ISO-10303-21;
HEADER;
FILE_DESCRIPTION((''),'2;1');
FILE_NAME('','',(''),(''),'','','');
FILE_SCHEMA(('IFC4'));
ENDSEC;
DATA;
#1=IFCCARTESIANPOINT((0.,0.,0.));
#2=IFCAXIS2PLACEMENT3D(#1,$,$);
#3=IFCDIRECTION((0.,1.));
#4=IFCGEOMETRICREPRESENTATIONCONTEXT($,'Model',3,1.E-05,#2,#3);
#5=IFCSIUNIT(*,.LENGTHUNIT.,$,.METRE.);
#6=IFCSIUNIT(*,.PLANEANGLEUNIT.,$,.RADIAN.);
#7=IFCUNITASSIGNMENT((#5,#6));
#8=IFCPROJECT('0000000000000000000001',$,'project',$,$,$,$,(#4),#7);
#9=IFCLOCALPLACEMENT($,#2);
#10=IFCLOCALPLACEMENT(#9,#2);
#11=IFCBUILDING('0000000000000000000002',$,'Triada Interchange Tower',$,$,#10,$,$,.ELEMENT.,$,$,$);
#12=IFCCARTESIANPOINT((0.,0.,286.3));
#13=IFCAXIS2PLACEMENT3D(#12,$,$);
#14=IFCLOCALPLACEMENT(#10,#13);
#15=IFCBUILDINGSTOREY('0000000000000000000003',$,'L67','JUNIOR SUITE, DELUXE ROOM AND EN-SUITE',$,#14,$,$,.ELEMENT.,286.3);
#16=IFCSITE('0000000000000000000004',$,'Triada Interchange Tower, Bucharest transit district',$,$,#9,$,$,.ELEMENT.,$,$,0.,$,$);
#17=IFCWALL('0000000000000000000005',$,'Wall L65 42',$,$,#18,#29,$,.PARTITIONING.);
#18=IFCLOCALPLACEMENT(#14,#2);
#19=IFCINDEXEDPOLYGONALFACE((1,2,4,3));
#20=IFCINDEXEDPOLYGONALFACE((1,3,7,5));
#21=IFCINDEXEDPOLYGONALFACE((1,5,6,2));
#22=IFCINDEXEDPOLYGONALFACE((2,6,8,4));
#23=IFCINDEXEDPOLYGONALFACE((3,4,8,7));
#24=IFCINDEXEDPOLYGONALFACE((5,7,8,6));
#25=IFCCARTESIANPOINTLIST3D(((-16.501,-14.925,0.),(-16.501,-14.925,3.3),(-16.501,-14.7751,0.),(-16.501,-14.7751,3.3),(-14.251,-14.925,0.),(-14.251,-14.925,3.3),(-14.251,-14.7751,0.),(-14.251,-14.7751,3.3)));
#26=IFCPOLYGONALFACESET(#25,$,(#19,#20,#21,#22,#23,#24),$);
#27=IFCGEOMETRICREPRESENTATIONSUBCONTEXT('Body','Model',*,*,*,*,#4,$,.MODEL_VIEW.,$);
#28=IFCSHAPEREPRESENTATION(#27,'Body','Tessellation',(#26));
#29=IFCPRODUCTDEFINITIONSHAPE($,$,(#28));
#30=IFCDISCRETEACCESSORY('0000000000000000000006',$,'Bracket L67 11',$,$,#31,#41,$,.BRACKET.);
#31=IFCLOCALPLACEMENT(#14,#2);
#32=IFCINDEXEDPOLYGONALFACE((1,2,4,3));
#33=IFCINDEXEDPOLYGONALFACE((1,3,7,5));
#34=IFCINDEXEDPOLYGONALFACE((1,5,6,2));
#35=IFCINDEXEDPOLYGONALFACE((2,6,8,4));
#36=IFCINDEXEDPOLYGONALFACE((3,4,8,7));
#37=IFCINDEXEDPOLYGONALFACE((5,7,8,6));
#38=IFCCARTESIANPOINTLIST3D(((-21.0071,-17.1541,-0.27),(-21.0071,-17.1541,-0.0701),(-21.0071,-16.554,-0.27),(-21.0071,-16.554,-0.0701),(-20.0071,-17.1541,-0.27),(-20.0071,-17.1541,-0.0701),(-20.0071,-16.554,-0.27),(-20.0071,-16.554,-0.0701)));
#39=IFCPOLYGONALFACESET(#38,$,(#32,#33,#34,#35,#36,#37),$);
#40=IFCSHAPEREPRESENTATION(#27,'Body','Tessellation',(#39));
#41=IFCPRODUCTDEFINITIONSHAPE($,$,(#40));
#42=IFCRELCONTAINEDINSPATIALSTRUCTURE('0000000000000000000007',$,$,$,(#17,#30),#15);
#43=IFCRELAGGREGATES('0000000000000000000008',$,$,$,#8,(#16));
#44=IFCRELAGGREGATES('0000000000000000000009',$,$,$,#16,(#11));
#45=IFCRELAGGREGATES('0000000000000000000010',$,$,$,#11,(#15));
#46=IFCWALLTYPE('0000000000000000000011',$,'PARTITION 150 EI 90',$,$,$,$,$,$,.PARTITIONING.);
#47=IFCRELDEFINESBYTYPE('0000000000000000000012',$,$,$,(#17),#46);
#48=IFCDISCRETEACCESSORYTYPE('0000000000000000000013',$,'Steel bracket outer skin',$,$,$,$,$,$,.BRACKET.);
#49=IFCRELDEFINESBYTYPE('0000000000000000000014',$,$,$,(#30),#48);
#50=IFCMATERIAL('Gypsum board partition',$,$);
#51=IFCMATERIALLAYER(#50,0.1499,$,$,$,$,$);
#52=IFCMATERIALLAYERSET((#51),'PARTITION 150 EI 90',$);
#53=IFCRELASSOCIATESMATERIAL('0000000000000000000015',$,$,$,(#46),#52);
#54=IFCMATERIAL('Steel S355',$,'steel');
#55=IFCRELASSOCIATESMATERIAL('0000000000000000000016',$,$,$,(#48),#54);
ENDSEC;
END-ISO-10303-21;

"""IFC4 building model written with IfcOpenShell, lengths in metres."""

from ifc_helpers import new_model, si_unit, direction, frame, frame_2d, origin, origin_2d, place, context, subcontext, project, spatial, rectangle, extrude, material, layer, layer_set, type_object, element, save


model = new_model("IFC4")

# Units and contexts
model_context = context("Model", 3, precision=1e-05, world=origin(), true_north=direction((0.0, 1.0)))
body_context = subcontext(model_context, "Body", "Model", "MODEL_VIEW")
ifc_project = project(units=[si_unit("LENGTHUNIT", "METRE"), si_unit("PLANEANGLEUNIT", "RADIAN")], contexts=[model_context])

# Site, building, storey
site_placement = place(None, origin())
site = spatial("IfcSite", under=ifc_project, at=site_placement, Name="Triada Interchange Tower, Bucharest transit district", CompositionType="ELEMENT", RefElevation=0.0)
building_placement = place(site_placement, origin())
building = spatial("IfcBuilding", under=site, at=building_placement, Name="Triada Interchange Tower", CompositionType="ELEMENT")
storey_placement = place(building_placement, frame((0.0, 0.0, 286.3)))
storey = spatial("IfcBuildingStorey", under=building, at=storey_placement, Name="L67", Description="JUNIOR SUITE, DELUXE ROOM AND EN-SUITE", CompositionType="ELEMENT", Elevation=286.3)

# Shared definitions
ifc_material_1 = material(Name="Gypsum board partition")

# Shared definitions
ifc_layer_1 = layer(ifc_material_1, 0.1499)
ifc_layer_set_1 = layer_set([ifc_layer_1], Name="PARTITION 150 EI 90")
wall_type_1 = type_object("IfcWallType", Name="PARTITION 150 EI 90", PredefinedType="PARTITIONING", material=ifc_layer_set_1)

# Wall
wall_1_placement = place(storey_placement, frame((-16.501, -14.8501, 0.0), z_axis=(0.0, 0.0, 1.0), x_axis=(1.0, 0.0, 0.0)))
element("IfcWall", 1, at=wall_1_placement, inside=storey, type_object=wall_type_1, Name="Wall L65 42", PredefinedType="PARTITIONING", context=body_context, shape_type="SweptSolid", body=[
    extrude(rectangle(XDim=2.25, YDim=0.1499, at=frame_2d((1.125, 0.0))), origin(), (0.0, 0.0, 1.0), 3.3),
])

# Discrete accessory
ifc_material_2 = material(Name="Steel S355", Category="steel")
discrete_accessory_type = type_object("IfcDiscreteAccessoryType", Name="Steel bracket outer skin", PredefinedType="BRACKET", material=ifc_material_2)
discrete_accessory_placement = place(storey_placement, frame((-20.5071, -16.854, -0.27), z_axis=(0.0, 0.0, 1.0), x_axis=(0.0, -1.0, 0.0)))
element("IfcDiscreteAccessory", 2, at=discrete_accessory_placement, inside=storey, type_object=discrete_accessory_type, Name="Bracket L67 11", PredefinedType="BRACKET", context=body_context, shape_type="SweptSolid", body=[
    extrude(rectangle(XDim=0.6001, YDim=1.0, at=origin_2d()), origin(), (0.0, 0.0, 1.0), 0.2),
])

save(model, "model.ifc")
